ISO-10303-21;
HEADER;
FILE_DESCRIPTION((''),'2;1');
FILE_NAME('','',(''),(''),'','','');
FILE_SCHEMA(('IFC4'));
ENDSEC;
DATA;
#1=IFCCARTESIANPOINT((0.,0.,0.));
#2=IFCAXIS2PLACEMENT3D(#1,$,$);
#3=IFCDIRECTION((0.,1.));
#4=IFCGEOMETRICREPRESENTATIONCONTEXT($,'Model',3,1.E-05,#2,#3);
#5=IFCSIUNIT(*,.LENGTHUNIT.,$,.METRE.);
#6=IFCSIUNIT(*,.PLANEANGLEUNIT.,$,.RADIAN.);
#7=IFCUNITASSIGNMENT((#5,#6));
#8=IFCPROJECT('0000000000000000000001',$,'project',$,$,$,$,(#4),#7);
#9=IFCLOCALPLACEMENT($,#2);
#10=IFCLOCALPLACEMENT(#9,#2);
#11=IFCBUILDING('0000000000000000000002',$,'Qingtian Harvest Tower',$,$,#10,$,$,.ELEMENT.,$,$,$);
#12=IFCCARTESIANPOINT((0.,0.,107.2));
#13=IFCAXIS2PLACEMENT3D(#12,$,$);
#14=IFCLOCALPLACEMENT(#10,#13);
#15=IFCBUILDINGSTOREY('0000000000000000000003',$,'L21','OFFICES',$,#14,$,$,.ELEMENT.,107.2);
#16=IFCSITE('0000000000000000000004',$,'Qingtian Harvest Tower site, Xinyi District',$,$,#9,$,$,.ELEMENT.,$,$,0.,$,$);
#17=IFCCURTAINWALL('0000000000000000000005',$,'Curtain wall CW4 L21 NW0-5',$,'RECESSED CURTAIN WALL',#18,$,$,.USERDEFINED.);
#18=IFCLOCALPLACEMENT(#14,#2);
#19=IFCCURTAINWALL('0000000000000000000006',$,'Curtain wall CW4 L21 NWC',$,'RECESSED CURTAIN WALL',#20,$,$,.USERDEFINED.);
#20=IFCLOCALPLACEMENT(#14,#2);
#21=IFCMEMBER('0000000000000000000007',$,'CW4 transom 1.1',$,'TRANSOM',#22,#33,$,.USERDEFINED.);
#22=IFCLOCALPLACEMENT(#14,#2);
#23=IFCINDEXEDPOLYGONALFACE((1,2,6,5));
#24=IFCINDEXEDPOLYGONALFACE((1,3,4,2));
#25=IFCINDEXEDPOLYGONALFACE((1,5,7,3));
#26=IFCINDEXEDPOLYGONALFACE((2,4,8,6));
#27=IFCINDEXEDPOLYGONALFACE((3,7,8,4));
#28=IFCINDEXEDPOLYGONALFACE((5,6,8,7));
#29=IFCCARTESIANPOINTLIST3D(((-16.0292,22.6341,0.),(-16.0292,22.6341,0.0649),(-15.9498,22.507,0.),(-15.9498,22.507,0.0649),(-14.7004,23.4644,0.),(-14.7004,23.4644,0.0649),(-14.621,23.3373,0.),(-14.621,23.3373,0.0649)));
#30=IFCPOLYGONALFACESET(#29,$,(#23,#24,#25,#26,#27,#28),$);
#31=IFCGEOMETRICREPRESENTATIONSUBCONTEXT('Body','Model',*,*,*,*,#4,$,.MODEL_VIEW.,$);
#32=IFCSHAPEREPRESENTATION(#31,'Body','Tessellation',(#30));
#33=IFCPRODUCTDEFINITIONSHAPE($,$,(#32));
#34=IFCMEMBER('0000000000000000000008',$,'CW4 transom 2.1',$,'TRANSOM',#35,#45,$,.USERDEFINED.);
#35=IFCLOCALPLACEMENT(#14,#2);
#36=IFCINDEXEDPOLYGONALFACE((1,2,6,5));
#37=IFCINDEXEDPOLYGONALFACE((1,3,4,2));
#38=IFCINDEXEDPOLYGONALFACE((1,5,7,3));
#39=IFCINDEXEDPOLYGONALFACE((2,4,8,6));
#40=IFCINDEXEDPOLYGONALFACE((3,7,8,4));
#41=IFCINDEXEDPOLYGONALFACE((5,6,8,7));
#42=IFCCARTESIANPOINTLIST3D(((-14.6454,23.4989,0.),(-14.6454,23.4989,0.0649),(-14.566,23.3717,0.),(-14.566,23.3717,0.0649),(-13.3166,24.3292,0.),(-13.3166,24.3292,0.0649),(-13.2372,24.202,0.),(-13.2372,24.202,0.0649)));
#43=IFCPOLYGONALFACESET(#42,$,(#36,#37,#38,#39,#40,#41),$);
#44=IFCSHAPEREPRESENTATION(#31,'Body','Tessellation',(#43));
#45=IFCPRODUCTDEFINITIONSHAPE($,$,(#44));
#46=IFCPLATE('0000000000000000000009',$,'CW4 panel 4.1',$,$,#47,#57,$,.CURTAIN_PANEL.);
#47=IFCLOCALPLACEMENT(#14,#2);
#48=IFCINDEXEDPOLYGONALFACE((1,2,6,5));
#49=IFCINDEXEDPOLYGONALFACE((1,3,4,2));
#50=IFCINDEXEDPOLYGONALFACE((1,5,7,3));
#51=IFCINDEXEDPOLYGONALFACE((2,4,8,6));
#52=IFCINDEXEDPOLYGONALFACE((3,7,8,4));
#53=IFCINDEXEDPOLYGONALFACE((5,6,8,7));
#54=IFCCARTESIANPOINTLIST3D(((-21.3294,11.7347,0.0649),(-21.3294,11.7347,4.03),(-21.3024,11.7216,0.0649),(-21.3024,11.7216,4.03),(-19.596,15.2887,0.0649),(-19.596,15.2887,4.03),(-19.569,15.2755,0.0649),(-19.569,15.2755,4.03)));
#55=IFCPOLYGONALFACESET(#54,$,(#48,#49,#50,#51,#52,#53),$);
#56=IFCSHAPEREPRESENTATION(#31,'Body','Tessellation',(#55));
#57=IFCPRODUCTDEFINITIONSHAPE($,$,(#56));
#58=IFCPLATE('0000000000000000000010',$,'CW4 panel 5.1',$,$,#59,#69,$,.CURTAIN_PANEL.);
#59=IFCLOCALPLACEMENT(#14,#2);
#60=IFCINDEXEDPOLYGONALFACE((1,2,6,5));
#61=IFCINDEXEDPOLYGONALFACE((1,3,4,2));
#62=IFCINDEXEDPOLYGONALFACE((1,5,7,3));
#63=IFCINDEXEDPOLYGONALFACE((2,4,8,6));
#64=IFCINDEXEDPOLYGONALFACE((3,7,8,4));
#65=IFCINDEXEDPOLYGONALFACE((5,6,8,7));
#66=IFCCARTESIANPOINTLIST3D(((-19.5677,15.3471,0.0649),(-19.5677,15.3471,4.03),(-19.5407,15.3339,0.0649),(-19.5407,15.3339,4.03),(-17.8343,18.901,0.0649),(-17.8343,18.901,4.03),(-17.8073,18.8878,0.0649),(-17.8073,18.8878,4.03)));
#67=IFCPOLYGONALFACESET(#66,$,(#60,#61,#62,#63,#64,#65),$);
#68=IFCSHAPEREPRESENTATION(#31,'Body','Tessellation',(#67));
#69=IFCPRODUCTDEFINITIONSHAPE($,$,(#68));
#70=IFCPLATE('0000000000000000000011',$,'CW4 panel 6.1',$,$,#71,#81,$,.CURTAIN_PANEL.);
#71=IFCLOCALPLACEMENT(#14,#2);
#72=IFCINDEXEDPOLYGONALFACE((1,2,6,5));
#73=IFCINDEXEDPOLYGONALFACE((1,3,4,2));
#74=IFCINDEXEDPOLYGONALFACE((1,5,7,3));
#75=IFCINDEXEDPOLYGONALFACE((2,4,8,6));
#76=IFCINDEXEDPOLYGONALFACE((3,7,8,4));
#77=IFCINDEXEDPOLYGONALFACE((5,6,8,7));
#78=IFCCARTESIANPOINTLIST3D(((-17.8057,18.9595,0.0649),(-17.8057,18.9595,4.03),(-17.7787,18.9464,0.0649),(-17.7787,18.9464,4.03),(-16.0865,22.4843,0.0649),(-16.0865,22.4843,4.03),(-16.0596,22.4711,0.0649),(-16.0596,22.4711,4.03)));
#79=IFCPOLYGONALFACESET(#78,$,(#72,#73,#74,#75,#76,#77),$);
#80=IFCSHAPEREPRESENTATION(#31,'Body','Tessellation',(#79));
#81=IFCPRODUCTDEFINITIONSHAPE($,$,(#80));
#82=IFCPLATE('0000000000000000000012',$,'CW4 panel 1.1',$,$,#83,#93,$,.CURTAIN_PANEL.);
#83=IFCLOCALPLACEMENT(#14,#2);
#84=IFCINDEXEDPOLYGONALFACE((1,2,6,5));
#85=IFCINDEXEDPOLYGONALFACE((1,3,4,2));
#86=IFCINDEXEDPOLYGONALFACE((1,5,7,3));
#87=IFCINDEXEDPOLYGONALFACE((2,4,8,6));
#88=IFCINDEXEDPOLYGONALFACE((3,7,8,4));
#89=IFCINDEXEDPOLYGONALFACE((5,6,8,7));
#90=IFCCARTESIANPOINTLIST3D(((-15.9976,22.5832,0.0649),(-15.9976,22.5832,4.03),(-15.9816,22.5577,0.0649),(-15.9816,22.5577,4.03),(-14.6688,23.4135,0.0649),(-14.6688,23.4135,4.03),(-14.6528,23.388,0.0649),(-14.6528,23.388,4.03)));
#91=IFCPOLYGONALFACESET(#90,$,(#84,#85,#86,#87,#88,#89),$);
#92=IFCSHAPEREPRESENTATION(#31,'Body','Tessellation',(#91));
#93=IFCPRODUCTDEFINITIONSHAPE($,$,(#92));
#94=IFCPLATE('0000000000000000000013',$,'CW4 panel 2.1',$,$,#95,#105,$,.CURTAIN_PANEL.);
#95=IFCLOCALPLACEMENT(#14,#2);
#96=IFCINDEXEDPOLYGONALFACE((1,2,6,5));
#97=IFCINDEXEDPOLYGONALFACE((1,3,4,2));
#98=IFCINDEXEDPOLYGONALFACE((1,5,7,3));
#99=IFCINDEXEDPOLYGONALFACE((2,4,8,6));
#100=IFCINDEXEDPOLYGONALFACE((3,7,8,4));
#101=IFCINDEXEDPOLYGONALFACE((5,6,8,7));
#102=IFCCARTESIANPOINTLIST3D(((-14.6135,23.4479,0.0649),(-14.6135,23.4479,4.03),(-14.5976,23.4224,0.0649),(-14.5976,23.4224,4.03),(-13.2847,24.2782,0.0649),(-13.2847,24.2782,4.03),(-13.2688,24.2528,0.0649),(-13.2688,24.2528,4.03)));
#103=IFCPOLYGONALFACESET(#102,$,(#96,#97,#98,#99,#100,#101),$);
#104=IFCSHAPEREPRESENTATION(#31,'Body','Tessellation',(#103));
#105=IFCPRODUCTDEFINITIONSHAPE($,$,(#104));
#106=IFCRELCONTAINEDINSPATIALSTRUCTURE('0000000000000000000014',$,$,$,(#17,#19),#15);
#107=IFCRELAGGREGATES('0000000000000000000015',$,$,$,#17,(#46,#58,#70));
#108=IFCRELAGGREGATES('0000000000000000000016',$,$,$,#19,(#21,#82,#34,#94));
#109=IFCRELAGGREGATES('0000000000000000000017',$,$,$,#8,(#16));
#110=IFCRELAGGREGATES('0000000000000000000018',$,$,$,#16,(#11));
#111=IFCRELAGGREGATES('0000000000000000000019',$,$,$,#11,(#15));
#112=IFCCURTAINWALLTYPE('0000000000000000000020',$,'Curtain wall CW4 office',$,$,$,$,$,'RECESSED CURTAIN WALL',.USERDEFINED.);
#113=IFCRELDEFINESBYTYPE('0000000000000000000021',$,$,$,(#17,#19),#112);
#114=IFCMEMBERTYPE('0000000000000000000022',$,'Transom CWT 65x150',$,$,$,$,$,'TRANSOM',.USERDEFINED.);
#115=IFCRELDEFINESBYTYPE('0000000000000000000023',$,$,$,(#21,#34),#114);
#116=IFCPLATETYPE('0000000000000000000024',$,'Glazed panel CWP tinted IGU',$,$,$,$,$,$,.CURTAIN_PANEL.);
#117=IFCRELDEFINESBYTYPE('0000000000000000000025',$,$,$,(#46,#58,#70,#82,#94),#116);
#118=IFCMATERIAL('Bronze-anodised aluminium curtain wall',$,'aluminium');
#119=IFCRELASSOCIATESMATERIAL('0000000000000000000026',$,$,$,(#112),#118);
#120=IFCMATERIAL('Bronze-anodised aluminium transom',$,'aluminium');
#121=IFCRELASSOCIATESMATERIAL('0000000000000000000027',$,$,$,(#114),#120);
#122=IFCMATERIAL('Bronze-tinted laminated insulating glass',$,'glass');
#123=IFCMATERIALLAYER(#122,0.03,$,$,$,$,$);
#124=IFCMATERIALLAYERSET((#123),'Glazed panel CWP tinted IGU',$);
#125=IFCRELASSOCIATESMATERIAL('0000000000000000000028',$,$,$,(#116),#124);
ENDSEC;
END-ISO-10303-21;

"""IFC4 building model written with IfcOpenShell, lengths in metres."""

from ifc_helpers import new_model, si_unit, direction, frame, origin, origin_2d, place, context, subcontext, project, spatial, rectangle, extrude, material, layer, layer_set, material_profile, profile_set, type_object, element, aggregate, save


model = new_model("IFC4")

# Units and contexts
model_context = context("Model", 3, precision=1e-05, world=origin(), true_north=direction((0.0, 1.0)))
body_context = subcontext(model_context, "Body", "Model", "MODEL_VIEW")
ifc_project = project(units=[si_unit("LENGTHUNIT", "METRE"), si_unit("PLANEANGLEUNIT", "RADIAN")], contexts=[model_context])

# Site, building, storey
site_placement = place(None, origin())
site = spatial("IfcSite", under=ifc_project, at=site_placement, Name="Qingtian Harvest Tower site, Xinyi District", CompositionType="ELEMENT", RefElevation=0.0)
building_placement = place(site_placement, origin())
building = spatial("IfcBuilding", under=site, at=building_placement, Name="Qingtian Harvest Tower", CompositionType="ELEMENT")
storey_placement = place(building_placement, frame((0.0, 0.0, 107.2)))
storey = spatial("IfcBuildingStorey", under=building, at=storey_placement, Name="L21", Description="OFFICES", CompositionType="ELEMENT", Elevation=107.2)

# Curtain walls
ifc_material_1 = material(Name="Bronze-anodised aluminium curtain wall", Category="aluminium")
curtain_wall_type = type_object("IfcCurtainWallType", Name="Curtain wall CW4 office", ElementType="RECESSED CURTAIN WALL", PredefinedType="USERDEFINED", material=ifc_material_1)
curtain_wall_1_placement = place(storey_placement, origin())
curtain_wall_1 = element("IfcCurtainWall", 1, at=curtain_wall_1_placement, inside=storey, type_object=curtain_wall_type, Name="Curtain wall CW4 L21 NW0-5", ObjectType="RECESSED CURTAIN WALL", PredefinedType="USERDEFINED")
curtain_wall_2_placement = place(storey_placement, origin())
curtain_wall_2 = element("IfcCurtainWall", 2, at=curtain_wall_2_placement, inside=storey, type_object=curtain_wall_type, Name="Curtain wall CW4 L21 NWC", ObjectType="RECESSED CURTAIN WALL", PredefinedType="USERDEFINED")

# Members
ifc_material_2 = material(Name="Bronze-anodised aluminium transom", Category="aluminium")
ifc_material_profile_1 = material_profile(ifc_material_2, rectangle(XDim=0.1499, YDim=0.0649, at=origin_2d()), Name="AL 65x150")
ifc_profile_set_1 = profile_set([ifc_material_profile_1], Name="Bronze-anodised aluminium transom")
member_type_1 = type_object("IfcMemberType", Name="Transom CWT 65x150", ElementType="TRANSOM", PredefinedType="USERDEFINED", material=ifc_profile_set_1)
member_1_placement = place(storey_placement, frame((-15.9895, 22.5706, 0.0325), z_axis=(0.84806, 0.529901, 0.0), x_axis=(-0.529901, 0.84806, 0.0)))
member_1 = element("IfcMember", 3, at=member_1_placement, type_object=member_type_1, Name="CW4 transom 1.1", ObjectType="TRANSOM", PredefinedType="USERDEFINED", context=body_context, shape_type="SweptSolid", body=[
    extrude(rectangle(XDim=0.1499, YDim=0.0649, at=origin_2d()), origin(), (0.0, 0.0, 1.0), 1.5669),
])
member_2_placement = place(storey_placement, frame((-14.6057, 23.4353, 0.0325), z_axis=(0.84806, 0.529901, 0.0), x_axis=(-0.529901, 0.84806, 0.0)))
member_2 = element("IfcMember", 4, at=member_2_placement, type_object=member_type_1, Name="CW4 transom 2.1", ObjectType="TRANSOM", PredefinedType="USERDEFINED", context=body_context, shape_type="SweptSolid", body=[
    extrude(rectangle(XDim=0.1499, YDim=0.0649, at=origin_2d()), origin(), (0.0, 0.0, 1.0), 1.5669),
])

# Plates
ifc_material_3 = material(Name="Bronze-tinted laminated insulating glass", Category="glass")
ifc_layer = layer(ifc_material_3, 0.03)
ifc_layer_set = layer_set([ifc_layer], Name="Glazed panel CWP tinted IGU")
plate_type = type_object("IfcPlateType", Name="Glazed panel CWP tinted IGU", PredefinedType="CURTAIN_PANEL", material=ifc_layer_set)
plate_1_placement = place(storey_placement, frame((-20.4492, 13.5051, 0.0649), z_axis=(0.0, 0.0, 1.0), x_axis=(0.438371, 0.898794, 0.0)))
plate_1 = element("IfcPlate", 5, at=plate_1_placement, type_object=plate_type, Name="CW4 panel 4.1", PredefinedType="CURTAIN_PANEL", context=body_context, shape_type="SweptSolid", body=[
    extrude(rectangle(XDim=3.9541, YDim=0.03, at=origin_2d()), origin(), (0.0, 0.0, 1.0), 3.9651),
])
plate_2_placement = place(storey_placement, frame((-18.6875, 17.1174, 0.0649), z_axis=(0.0, 0.0, 1.0), x_axis=(0.438371, 0.898794, 0.0)))
plate_2 = element("IfcPlate", 6, at=plate_2_placement, type_object=plate_type, Name="CW4 panel 5.1", PredefinedType="CURTAIN_PANEL", context=body_context, shape_type="SweptSolid", body=[
    extrude(rectangle(XDim=3.9541, YDim=0.03, at=origin_2d()), origin(), (0.0, 0.0, 1.0), 3.9651),
])
plate_3_placement = place(storey_placement, frame((-16.9326, 20.7153, 0.0649), z_axis=(0.0, 0.0, 1.0), x_axis=(0.438371, 0.898794, 0.0)))
plate_3 = element("IfcPlate", 7, at=plate_3_placement, type_object=plate_type, Name="CW4 panel 6.1", PredefinedType="CURTAIN_PANEL", context=body_context, shape_type="SweptSolid", body=[
    extrude(rectangle(XDim=3.9216, YDim=0.03, at=origin_2d()), origin(), (0.0, 0.0, 1.0), 3.9651),
])
aggregate(curtain_wall_1, [plate_1, plate_2, plate_3])
plate_4_placement = place(storey_placement, frame((-15.3252, 22.9856, 0.0649), z_axis=(0.0, 0.0, 1.0), x_axis=(0.848048, 0.529919, 0.0)))
plate_4 = element("IfcPlate", 8, at=plate_4_placement, type_object=plate_type, Name="CW4 panel 1.1", PredefinedType="CURTAIN_PANEL", context=body_context, shape_type="SweptSolid", body=[
    extrude(rectangle(XDim=1.5669, YDim=0.03, at=origin_2d()), origin(), (0.0, 0.0, 1.0), 3.9651),
])
plate_5_placement = place(storey_placement, frame((-13.9412, 23.8503, 0.0649), z_axis=(0.0, 0.0, 1.0), x_axis=(0.848048, 0.529919, 0.0)))
plate_5 = element("IfcPlate", 9, at=plate_5_placement, type_object=plate_type, Name="CW4 panel 2.1", PredefinedType="CURTAIN_PANEL", context=body_context, shape_type="SweptSolid", body=[
    extrude(rectangle(XDim=1.5669, YDim=0.03, at=origin_2d()), origin(), (0.0, 0.0, 1.0), 3.9651),
])
aggregate(curtain_wall_2, [member_1, plate_4, member_2, plate_5])

save(model, "model.ifc")
